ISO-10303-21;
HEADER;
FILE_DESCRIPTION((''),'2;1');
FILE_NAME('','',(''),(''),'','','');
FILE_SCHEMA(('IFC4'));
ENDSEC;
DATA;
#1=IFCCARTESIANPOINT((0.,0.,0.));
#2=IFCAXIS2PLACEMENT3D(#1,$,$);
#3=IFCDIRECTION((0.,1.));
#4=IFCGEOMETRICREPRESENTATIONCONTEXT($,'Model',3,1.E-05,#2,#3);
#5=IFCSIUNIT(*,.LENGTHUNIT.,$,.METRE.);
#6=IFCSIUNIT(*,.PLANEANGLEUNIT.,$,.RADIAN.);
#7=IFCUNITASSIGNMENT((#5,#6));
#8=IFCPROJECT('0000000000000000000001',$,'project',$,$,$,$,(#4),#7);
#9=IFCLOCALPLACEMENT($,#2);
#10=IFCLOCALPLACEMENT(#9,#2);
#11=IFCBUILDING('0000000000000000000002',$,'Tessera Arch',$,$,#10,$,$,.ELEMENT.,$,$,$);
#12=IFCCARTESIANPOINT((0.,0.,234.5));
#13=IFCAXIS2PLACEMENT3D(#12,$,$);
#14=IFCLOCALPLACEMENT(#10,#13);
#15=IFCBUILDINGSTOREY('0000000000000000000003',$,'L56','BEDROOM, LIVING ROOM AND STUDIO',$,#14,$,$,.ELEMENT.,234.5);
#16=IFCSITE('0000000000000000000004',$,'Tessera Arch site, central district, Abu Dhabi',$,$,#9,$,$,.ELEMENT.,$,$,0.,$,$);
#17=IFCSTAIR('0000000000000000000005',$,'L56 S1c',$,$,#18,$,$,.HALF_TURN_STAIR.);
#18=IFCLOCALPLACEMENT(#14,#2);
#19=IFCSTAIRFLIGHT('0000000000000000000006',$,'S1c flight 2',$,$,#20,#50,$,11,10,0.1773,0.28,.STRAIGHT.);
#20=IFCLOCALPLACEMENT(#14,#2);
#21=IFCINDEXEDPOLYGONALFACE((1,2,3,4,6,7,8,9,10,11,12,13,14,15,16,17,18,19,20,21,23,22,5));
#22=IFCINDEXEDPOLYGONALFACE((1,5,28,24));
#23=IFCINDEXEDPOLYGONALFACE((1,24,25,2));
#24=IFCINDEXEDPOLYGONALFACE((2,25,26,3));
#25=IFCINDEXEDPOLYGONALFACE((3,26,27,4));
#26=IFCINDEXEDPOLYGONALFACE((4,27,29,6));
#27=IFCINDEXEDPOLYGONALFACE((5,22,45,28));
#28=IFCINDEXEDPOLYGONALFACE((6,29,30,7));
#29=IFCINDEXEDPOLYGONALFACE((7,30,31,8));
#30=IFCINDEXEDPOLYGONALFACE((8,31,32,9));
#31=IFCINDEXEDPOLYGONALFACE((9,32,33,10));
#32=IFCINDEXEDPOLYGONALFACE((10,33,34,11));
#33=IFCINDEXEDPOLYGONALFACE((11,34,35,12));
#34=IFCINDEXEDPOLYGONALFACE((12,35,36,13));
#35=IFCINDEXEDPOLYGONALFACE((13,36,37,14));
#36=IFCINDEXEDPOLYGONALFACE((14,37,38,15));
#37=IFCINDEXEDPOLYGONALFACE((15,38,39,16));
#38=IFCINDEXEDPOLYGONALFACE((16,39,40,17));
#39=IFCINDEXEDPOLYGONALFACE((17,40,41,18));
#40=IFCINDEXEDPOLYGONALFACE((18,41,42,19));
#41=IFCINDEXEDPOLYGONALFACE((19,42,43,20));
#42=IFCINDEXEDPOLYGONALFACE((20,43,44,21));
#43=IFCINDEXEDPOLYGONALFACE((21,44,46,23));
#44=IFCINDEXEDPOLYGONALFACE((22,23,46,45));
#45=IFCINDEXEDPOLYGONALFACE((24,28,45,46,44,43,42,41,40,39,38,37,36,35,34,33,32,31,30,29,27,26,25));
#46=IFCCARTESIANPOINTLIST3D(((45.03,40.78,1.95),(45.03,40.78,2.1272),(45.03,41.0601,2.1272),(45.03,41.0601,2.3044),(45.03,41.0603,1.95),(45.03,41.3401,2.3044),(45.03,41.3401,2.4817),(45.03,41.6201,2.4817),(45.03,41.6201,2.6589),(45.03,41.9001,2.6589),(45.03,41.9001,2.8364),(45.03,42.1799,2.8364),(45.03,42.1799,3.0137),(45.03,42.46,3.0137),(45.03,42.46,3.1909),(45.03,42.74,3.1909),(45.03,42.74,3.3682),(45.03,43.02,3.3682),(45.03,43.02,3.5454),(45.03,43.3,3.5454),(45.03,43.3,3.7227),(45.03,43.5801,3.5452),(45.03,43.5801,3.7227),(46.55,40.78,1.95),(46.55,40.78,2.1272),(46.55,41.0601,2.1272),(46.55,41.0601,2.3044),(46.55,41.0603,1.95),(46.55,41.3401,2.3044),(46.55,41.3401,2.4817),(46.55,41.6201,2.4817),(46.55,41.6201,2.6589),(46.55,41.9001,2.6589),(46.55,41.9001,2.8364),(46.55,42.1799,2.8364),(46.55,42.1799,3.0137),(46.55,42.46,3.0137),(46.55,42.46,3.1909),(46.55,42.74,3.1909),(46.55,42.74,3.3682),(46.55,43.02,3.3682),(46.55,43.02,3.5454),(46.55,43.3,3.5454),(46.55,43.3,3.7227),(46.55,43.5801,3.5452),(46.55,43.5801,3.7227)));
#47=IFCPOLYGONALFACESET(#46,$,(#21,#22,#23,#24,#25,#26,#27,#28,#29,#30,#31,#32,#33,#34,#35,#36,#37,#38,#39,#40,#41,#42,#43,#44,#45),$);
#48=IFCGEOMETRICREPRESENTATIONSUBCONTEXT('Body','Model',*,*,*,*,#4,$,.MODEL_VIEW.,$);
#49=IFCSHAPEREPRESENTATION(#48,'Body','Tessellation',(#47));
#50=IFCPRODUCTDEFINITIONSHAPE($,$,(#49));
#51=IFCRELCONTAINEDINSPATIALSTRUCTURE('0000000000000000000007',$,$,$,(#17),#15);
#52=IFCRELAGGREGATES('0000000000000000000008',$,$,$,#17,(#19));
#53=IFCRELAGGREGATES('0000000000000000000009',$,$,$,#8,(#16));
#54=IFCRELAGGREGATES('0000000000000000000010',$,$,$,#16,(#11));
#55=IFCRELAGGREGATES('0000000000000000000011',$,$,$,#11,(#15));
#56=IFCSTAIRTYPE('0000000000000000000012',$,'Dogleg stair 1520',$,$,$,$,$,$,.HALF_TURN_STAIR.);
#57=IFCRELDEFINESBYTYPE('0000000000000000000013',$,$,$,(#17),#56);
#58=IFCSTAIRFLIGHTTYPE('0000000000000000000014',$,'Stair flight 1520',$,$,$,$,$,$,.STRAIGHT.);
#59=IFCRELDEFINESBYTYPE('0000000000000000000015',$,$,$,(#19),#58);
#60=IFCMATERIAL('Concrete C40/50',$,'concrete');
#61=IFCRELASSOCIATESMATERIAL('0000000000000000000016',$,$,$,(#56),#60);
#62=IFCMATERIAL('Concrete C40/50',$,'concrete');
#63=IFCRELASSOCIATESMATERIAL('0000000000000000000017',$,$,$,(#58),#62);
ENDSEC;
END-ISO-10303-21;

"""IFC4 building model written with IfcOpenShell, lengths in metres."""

from ifc_helpers import new_model, si_unit, direction, frame, origin, place, context, subcontext, project, spatial, polyline, outline, extrude, material, type_object, element, aggregate, save


model = new_model("IFC4")

# Units and contexts
model_context = context("Model", 3, precision=1e-05, world=origin(), true_north=direction((0.0, 1.0)))
body_context = subcontext(model_context, "Body", "Model", "MODEL_VIEW")
ifc_project = project(units=[si_unit("LENGTHUNIT", "METRE"), si_unit("PLANEANGLEUNIT", "RADIAN")], contexts=[model_context])

# Site, building, storey
site_placement = place(None, origin())
site = spatial("IfcSite", under=ifc_project, at=site_placement, Name="Tessera Arch site, central district, Abu Dhabi", CompositionType="ELEMENT", RefElevation=0.0)
building_placement = place(site_placement, origin())
building = spatial("IfcBuilding", under=site, at=building_placement, Name="Tessera Arch", CompositionType="ELEMENT")
storey_placement = place(building_placement, frame((0.0, 0.0, 234.5)))
storey = spatial("IfcBuildingStorey", under=building, at=storey_placement, Name="L56", Description="BEDROOM, LIVING ROOM AND STUDIO", CompositionType="ELEMENT", Elevation=234.5)

# Shared definitions
ifc_material_1 = material(Name="Concrete C40/50", Category="concrete")
stair_type = type_object("IfcStairType", Name="Dogleg stair 1520", PredefinedType="HALF_TURN_STAIR", material=ifc_material_1)
ifc_material_2 = material(Name="Concrete C40/50", Category="concrete")
stair_flight_type = type_object("IfcStairFlightType", Name="Stair flight 1520", PredefinedType="STRAIGHT", material=ifc_material_2)

# Stair, stair flight
stair_1_placement = place(storey_placement, origin())
stair_1 = element("IfcStair", 1, at=stair_1_placement, inside=storey, type_object=stair_type, Name="L56 S1c", PredefinedType="HALF_TURN_STAIR")
stair_flight_1_placement = place(storey_placement, frame((45.79, 40.78, 1.95), z_axis=(0.0, 0.0, 1.0), x_axis=(0.0, 1.0, 0.0)))
stair_flight_1 = element("IfcStairFlight", 2, at=stair_flight_1_placement, type_object=stair_flight_type, Name="S1c flight 2", NumberOfRisers=11, NumberOfTreads=10, PredefinedType="STRAIGHT", RiserHeight=0.1773, TreadLength=0.28, context=body_context, shape_type="SweptSolid", body=[
    extrude(outline(polyline([(0.0, 0.0), (0.0, 0.1772), (0.28, 0.1772), (0.28, 0.3545), (0.5601, 0.3545), (0.5601, 0.5317), (0.8401, 0.5317), (0.8401, 0.709), (1.1201, 0.709), (1.1201, 0.8865), (1.3999, 0.8865), (1.3999, 1.0637), (1.6799, 1.0637), (1.6799, 1.241), (1.96, 1.241), (1.96, 1.4182), (2.24, 1.4182), (2.24, 1.5955), (2.52, 1.5955), (2.52, 1.7727), (2.8, 1.7727), (2.8, 1.95), (2.8, 1.5952), (0.2803, 0.0), (0.0, 0.0)])), frame((0.0, 0.76, 0.0), z_axis=(0.0, -1.0, 0.0), x_axis=(1.0, 0.0, 0.0)), (0.0, 0.0, 1.0), 1.52),
])
aggregate(stair_1, [stair_flight_1])

save(model, "model.ifc")
